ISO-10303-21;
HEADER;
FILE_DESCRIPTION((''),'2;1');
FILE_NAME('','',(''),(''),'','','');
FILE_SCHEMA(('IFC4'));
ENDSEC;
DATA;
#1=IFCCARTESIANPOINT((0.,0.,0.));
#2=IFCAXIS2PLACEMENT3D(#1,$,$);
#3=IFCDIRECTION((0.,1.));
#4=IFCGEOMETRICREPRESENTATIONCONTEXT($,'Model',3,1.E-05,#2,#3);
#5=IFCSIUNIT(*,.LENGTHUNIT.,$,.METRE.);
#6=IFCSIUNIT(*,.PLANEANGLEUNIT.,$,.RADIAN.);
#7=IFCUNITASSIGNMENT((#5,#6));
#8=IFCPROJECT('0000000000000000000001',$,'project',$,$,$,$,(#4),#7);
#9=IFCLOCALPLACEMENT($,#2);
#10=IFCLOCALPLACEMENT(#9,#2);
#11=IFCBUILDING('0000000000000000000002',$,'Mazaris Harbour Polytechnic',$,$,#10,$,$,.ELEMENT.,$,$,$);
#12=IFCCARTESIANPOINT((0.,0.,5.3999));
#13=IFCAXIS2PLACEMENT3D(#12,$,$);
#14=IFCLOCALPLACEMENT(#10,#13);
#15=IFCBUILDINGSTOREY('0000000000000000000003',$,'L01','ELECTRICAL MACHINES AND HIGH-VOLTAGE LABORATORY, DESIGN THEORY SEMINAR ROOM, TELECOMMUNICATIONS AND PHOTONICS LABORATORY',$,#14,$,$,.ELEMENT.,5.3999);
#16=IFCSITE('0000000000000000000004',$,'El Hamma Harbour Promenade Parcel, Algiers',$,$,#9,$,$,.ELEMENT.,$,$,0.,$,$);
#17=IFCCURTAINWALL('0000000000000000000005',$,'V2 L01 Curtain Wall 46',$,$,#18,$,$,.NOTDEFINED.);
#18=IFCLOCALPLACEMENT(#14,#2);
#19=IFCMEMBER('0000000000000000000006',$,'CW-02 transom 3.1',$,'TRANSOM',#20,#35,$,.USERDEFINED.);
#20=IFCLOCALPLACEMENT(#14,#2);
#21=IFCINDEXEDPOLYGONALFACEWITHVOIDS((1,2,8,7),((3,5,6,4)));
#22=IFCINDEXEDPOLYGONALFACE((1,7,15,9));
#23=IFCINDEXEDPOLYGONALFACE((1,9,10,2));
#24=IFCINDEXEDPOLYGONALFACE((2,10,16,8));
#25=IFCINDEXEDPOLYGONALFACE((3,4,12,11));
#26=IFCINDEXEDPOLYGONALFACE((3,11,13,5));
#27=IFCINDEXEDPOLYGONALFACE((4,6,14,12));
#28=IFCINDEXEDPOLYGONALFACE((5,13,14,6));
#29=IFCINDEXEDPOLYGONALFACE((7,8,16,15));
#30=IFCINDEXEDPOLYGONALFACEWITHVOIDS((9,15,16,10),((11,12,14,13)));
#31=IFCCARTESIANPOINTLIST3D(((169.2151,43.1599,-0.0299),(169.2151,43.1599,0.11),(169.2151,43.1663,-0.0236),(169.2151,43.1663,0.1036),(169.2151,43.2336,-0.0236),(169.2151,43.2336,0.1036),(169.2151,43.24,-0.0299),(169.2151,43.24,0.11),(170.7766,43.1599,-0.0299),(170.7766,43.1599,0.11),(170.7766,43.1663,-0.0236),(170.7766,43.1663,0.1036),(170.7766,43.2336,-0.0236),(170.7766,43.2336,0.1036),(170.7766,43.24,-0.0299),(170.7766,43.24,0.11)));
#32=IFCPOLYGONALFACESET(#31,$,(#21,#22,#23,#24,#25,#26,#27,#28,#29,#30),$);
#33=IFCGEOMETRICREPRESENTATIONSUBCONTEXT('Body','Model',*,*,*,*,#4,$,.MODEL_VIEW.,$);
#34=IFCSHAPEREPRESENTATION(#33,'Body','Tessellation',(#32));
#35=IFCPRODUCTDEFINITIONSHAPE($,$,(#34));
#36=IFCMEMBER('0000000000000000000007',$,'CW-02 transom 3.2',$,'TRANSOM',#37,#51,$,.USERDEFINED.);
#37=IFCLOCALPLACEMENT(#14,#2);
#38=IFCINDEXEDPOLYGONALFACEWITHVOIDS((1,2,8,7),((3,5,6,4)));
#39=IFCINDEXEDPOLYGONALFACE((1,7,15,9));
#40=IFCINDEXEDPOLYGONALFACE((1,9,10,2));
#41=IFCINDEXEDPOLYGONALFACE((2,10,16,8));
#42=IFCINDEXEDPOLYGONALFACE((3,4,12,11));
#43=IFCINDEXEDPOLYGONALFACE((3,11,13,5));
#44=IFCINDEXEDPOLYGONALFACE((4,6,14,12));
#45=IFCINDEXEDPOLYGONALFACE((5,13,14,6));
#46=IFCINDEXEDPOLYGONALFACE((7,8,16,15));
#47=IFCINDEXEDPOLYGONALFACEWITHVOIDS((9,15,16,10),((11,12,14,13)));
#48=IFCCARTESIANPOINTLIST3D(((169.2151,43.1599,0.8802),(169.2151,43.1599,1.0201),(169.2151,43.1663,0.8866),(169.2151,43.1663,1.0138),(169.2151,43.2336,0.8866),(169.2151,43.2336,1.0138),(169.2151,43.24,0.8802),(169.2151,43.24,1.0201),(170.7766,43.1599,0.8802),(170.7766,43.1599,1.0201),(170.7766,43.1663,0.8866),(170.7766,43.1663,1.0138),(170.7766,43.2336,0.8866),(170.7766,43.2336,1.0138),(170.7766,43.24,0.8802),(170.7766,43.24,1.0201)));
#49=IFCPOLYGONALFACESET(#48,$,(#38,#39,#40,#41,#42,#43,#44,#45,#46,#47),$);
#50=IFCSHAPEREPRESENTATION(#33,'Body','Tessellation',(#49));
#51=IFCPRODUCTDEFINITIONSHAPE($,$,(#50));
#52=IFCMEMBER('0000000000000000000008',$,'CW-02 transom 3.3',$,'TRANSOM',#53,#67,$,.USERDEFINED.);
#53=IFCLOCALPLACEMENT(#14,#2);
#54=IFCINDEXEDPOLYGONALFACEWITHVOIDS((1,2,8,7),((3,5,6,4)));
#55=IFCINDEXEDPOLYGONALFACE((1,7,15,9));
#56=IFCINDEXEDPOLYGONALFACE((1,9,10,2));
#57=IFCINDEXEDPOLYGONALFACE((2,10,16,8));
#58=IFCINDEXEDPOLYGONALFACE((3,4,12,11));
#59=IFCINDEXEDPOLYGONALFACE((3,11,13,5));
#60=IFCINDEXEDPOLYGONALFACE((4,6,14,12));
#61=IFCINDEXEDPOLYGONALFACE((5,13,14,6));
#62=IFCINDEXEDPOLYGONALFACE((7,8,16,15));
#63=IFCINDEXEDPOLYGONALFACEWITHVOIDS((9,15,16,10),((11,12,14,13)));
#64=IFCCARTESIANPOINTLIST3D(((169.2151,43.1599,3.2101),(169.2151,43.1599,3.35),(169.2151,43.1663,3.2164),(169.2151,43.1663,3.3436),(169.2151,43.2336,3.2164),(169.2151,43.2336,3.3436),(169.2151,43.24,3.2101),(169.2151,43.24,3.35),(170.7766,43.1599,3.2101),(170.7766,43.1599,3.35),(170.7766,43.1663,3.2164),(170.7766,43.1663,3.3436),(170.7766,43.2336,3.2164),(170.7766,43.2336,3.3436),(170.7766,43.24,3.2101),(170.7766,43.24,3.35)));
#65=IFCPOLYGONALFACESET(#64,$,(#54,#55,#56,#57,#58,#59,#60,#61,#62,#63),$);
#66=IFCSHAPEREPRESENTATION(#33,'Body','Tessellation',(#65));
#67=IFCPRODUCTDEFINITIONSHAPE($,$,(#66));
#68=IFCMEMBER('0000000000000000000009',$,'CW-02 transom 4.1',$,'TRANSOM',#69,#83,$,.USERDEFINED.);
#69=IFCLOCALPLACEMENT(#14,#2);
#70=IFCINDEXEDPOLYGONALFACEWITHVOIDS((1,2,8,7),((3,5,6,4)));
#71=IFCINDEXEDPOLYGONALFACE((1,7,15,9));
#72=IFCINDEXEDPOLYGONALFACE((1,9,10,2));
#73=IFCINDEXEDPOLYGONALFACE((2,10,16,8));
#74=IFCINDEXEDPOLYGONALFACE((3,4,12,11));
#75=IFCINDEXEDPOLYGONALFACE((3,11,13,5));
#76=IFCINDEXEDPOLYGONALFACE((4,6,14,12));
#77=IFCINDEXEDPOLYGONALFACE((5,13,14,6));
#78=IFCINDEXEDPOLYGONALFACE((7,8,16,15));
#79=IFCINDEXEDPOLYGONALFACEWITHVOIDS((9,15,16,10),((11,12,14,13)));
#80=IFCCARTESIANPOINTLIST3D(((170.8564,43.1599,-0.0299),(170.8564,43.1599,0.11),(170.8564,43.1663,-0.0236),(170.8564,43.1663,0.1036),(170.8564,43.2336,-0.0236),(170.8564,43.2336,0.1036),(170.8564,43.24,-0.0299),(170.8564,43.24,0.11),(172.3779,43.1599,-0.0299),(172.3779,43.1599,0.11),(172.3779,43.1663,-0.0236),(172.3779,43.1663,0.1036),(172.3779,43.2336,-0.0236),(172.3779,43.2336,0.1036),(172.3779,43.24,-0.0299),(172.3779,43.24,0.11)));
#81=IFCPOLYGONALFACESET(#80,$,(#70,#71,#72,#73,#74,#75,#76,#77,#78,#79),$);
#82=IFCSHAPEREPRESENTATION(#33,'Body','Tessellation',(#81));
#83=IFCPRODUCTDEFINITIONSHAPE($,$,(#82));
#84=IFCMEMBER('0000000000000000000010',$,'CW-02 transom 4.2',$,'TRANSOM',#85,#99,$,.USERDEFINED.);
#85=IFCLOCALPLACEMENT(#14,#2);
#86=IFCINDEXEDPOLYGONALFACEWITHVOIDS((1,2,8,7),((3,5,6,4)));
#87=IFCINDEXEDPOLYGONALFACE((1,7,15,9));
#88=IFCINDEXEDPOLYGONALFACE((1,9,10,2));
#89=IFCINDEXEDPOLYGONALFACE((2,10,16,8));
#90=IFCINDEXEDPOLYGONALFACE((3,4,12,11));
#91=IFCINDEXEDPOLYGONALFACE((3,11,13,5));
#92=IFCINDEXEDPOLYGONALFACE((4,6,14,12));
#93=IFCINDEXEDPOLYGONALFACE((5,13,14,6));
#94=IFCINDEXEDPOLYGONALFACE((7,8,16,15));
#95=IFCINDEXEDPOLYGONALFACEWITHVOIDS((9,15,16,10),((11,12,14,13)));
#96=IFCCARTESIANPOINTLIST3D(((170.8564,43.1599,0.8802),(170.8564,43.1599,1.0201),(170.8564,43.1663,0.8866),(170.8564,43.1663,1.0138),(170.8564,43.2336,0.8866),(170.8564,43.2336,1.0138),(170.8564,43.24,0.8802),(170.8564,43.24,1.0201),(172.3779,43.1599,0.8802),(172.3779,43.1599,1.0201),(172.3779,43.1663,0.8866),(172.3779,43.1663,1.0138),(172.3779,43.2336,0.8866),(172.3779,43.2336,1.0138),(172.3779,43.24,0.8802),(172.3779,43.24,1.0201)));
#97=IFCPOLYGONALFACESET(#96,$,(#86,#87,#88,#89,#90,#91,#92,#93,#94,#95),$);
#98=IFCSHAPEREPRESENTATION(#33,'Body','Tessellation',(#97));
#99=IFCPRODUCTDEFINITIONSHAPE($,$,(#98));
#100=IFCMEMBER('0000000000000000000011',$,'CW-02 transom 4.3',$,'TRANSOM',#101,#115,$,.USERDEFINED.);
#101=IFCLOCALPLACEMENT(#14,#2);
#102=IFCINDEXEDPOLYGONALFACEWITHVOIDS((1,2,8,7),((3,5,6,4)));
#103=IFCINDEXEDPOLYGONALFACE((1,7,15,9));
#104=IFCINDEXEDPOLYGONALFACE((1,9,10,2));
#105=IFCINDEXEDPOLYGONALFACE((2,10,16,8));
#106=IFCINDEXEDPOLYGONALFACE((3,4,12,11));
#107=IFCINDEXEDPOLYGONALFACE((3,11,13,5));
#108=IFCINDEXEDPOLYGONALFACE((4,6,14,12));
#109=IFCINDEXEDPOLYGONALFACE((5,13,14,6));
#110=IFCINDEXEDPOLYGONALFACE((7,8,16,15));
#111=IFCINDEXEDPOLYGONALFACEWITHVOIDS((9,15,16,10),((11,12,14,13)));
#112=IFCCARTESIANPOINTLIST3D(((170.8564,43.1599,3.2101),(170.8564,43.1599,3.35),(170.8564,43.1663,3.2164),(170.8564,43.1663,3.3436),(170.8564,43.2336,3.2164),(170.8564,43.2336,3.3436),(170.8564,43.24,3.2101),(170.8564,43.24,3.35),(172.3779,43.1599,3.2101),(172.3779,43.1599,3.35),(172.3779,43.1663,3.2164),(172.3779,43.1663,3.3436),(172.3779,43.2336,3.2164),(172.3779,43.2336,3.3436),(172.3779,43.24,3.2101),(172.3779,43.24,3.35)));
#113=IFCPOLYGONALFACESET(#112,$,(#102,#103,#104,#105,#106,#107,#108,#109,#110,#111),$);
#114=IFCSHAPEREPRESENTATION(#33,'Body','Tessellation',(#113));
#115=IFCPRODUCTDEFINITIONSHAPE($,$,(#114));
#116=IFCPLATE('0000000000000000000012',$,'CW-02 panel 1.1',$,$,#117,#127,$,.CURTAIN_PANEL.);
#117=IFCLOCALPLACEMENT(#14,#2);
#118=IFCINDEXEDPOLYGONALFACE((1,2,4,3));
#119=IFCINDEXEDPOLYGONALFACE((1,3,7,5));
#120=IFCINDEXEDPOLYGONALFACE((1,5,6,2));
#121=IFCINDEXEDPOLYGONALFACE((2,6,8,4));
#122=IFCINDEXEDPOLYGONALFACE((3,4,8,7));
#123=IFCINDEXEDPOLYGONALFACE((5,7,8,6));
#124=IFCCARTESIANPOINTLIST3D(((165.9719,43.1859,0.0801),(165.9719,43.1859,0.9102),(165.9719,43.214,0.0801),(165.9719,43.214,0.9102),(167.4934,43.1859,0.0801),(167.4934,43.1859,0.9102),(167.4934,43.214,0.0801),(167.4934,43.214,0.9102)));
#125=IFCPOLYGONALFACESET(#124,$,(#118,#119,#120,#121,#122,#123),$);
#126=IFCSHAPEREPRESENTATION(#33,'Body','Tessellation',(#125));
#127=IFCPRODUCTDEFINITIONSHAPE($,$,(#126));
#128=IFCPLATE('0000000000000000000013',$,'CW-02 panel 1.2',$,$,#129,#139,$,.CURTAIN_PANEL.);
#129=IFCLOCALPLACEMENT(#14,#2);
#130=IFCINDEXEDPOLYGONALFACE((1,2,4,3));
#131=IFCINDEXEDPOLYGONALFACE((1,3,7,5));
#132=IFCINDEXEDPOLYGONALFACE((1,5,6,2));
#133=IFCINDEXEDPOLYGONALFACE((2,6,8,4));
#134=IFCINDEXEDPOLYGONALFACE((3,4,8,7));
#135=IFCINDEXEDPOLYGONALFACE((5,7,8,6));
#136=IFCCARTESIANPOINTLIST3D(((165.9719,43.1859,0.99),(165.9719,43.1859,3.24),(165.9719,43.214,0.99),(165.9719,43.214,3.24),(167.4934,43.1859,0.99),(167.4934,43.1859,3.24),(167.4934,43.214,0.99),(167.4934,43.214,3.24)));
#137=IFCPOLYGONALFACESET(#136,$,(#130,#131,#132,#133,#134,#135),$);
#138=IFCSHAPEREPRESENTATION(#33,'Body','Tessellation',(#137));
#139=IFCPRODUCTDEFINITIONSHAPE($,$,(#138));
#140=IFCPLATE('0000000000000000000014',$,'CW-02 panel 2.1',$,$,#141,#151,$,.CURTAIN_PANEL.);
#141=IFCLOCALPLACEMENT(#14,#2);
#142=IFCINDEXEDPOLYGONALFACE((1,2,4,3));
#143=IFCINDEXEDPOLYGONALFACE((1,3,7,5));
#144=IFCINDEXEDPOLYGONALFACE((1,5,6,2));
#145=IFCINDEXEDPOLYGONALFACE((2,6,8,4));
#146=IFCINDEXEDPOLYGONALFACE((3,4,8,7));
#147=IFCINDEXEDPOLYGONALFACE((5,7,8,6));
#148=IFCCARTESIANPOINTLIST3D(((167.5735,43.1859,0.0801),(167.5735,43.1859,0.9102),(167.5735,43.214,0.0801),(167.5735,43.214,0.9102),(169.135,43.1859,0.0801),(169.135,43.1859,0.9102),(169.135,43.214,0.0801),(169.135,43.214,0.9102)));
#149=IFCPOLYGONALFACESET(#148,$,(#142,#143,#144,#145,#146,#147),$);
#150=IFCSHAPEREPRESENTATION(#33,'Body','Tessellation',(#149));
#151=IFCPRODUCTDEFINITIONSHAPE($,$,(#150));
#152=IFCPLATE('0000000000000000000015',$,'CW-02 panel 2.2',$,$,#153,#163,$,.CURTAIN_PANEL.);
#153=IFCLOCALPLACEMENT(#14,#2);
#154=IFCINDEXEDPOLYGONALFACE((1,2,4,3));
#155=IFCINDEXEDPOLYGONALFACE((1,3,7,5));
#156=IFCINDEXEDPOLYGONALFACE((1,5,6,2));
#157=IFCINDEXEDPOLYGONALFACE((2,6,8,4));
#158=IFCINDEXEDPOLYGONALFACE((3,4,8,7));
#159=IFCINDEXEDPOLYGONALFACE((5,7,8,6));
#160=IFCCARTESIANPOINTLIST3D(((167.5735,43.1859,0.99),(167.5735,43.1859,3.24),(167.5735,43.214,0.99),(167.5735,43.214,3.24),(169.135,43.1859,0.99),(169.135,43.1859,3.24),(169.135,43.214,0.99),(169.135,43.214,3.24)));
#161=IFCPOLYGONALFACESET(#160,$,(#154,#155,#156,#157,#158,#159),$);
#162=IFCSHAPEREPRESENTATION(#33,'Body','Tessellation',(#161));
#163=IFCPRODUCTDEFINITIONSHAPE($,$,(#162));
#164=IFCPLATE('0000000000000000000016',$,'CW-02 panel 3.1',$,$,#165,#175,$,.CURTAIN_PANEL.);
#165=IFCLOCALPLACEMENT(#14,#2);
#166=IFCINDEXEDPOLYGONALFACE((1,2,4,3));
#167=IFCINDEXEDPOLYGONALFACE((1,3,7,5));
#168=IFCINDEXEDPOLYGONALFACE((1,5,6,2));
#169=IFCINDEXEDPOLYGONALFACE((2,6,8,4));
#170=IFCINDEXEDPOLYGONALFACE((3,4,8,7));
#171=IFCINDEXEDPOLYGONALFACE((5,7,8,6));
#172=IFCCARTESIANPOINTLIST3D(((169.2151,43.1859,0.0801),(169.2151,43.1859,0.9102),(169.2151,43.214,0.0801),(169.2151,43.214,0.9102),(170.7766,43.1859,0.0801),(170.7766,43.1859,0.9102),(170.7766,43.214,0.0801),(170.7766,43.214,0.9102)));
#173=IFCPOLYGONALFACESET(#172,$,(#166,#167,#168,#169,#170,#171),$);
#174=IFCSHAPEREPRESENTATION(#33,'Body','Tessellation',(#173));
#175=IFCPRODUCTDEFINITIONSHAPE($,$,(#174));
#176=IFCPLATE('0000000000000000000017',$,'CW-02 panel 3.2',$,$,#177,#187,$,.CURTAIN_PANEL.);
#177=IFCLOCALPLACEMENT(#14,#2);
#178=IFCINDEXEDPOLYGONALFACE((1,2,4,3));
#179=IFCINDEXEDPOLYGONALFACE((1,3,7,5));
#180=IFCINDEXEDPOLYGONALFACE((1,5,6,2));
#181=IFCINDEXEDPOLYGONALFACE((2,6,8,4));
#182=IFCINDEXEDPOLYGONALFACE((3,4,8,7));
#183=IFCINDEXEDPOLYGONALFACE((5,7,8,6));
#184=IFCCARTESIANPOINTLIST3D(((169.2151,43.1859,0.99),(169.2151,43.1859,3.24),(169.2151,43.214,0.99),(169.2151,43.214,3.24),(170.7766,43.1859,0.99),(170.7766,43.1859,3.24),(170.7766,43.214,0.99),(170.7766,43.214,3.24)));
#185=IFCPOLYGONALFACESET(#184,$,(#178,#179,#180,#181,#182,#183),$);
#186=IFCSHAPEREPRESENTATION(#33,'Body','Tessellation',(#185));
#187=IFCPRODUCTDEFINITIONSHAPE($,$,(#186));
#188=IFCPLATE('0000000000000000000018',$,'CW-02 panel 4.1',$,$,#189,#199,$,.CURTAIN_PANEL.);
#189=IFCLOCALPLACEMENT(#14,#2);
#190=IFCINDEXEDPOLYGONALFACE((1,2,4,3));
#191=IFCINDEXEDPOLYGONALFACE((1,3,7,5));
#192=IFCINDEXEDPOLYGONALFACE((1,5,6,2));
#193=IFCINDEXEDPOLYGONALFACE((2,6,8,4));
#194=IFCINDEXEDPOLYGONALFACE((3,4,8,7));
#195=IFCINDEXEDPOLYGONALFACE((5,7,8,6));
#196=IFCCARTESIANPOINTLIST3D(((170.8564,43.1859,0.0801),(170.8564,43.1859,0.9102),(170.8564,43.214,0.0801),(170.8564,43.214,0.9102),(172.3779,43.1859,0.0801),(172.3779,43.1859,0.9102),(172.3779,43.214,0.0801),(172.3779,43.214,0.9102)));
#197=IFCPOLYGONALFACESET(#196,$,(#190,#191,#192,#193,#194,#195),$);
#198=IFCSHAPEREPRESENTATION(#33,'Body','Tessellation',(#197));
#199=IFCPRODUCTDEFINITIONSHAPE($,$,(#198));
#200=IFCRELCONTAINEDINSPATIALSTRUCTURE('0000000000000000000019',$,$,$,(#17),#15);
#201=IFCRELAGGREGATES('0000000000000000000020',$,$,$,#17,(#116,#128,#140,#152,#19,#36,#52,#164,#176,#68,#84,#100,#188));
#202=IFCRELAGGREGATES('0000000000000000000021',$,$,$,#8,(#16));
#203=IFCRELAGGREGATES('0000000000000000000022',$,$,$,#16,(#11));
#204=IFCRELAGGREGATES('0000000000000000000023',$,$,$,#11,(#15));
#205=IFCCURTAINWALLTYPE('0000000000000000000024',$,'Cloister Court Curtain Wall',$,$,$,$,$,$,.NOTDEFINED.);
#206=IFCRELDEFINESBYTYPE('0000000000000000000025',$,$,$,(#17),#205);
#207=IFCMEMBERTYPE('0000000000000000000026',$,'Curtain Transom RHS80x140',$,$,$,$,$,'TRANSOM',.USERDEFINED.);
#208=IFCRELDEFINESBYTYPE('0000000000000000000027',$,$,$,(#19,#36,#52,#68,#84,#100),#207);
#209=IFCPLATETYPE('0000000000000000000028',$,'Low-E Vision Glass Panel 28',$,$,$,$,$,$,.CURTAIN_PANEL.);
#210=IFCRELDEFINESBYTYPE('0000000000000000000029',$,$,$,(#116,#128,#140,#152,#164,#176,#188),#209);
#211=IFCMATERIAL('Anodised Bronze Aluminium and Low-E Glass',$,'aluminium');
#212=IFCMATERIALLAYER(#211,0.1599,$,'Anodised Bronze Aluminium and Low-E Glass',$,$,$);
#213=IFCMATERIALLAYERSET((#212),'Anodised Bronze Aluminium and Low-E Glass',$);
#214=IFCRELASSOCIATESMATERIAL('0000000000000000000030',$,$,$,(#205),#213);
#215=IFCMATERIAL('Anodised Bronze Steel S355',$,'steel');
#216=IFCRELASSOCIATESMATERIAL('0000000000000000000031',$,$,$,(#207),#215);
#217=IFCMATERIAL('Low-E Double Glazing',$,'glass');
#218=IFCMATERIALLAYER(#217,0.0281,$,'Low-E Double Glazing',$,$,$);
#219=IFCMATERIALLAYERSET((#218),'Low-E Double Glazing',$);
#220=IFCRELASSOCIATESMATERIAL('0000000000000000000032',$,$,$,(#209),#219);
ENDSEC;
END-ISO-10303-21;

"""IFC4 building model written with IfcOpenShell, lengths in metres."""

from ifc_helpers import new_model, si_unit, direction, frame, origin, origin_2d, place, context, subcontext, project, spatial, rectangle, hollow_rectangle, extrude, material, layer, layer_set, material_profile, profile_set, type_object, element, aggregate, save


model = new_model("IFC4")

# Units and contexts
model_context = context("Model", 3, precision=1e-05, world=origin(), true_north=direction((0.0, 1.0)))
body_context = subcontext(model_context, "Body", "Model", "MODEL_VIEW")
ifc_project = project(units=[si_unit("LENGTHUNIT", "METRE"), si_unit("PLANEANGLEUNIT", "RADIAN")], contexts=[model_context])

# Site, building, storey
site_placement = place(None, origin())
site = spatial("IfcSite", under=ifc_project, at=site_placement, Name="El Hamma Harbour Promenade Parcel, Algiers", CompositionType="ELEMENT", RefElevation=0.0)
building_placement = place(site_placement, origin())
building = spatial("IfcBuilding", under=site, at=building_placement, Name="Mazaris Harbour Polytechnic", CompositionType="ELEMENT")
storey_placement = place(building_placement, frame((0.0, 0.0, 5.3999)))
storey = spatial("IfcBuildingStorey", under=building, at=storey_placement, Name="L01", Description="ELECTRICAL MACHINES AND HIGH-VOLTAGE LABORATORY, DESIGN THEORY SEMINAR ROOM, TELECOMMUNICATIONS AND PHOTONICS LABORATORY", CompositionType="ELEMENT", Elevation=5.3999)

# Curtain wall, members, plates
ifc_material_1 = material(Name="Anodised Bronze Aluminium and Low-E Glass", Category="aluminium")
ifc_layer_1 = layer(ifc_material_1, 0.1599, Name="Anodised Bronze Aluminium and Low-E Glass")
ifc_layer_set_1 = layer_set([ifc_layer_1], Name="Anodised Bronze Aluminium and Low-E Glass")
curtain_wall_type = type_object("IfcCurtainWallType", Name="Cloister Court Curtain Wall", PredefinedType="NOTDEFINED", material=ifc_layer_set_1)
curtain_wall_placement = place(storey_placement, origin())
curtain_wall = element("IfcCurtainWall", 1, at=curtain_wall_placement, inside=storey, type_object=curtain_wall_type, Name="V2 L01 Curtain Wall 46", PredefinedType="NOTDEFINED")
ifc_material_2 = material(Name="Anodised Bronze Steel S355", Category="steel")
ifc_material_profile_1 = material_profile(ifc_material_2, hollow_rectangle(XDim=0.0801, YDim=0.1399, WallThickness=0.0063, at=origin_2d()), Name="RHS 80x140x6.3")
ifc_profile_set_1 = profile_set([ifc_material_profile_1], Name="Anodised Bronze Steel S355")
member_type_1 = type_object("IfcMemberType", Name="Curtain Transom RHS80x140", ElementType="TRANSOM", PredefinedType="USERDEFINED", material=ifc_profile_set_1)
member_1_placement = place(storey_placement, frame((169.2151, 43.2, 0.04), z_axis=(1.0, 0.0, 0.0), x_axis=(0.0, 1.0, 0.0)))
member_1 = element("IfcMember", 2, at=member_1_placement, type_object=member_type_1, Name="CW-02 transom 3.1", ObjectType="TRANSOM", PredefinedType="USERDEFINED", context=body_context, shape_type="SweptSolid", body=[
    extrude(hollow_rectangle(XDim=0.0801, YDim=0.1399, WallThickness=0.0063, at=origin_2d()), origin(), (0.0, 0.0, 1.0), 1.5615),
])
member_2_placement = place(storey_placement, frame((169.2151, 43.2, 0.9502), z_axis=(1.0, 0.0, 0.0), x_axis=(0.0, 1.0, 0.0)))
member_2 = element("IfcMember", 3, at=member_2_placement, type_object=member_type_1, Name="CW-02 transom 3.2", ObjectType="TRANSOM", PredefinedType="USERDEFINED", context=body_context, shape_type="SweptSolid", body=[
    extrude(hollow_rectangle(XDim=0.0801, YDim=0.1399, WallThickness=0.0063, at=origin_2d()), origin(), (0.0, 0.0, 1.0), 1.5615),
])
member_3_placement = place(storey_placement, frame((169.2151, 43.2, 3.28), z_axis=(1.0, 0.0, 0.0), x_axis=(0.0, 1.0, 0.0)))
member_3 = element("IfcMember", 4, at=member_3_placement, type_object=member_type_1, Name="CW-02 transom 3.3", ObjectType="TRANSOM", PredefinedType="USERDEFINED", context=body_context, shape_type="SweptSolid", body=[
    extrude(hollow_rectangle(XDim=0.0801, YDim=0.1399, WallThickness=0.0063, at=origin_2d()), origin(), (0.0, 0.0, 1.0), 1.5615),
])
member_4_placement = place(storey_placement, frame((170.8564, 43.2, 0.04), z_axis=(1.0, 0.0, 0.0), x_axis=(0.0, 1.0, 0.0)))
member_4 = element("IfcMember", 5, at=member_4_placement, type_object=member_type_1, Name="CW-02 transom 4.1", ObjectType="TRANSOM", PredefinedType="USERDEFINED", context=body_context, shape_type="SweptSolid", body=[
    extrude(hollow_rectangle(XDim=0.0801, YDim=0.1399, WallThickness=0.0063, at=origin_2d()), origin(), (0.0, 0.0, 1.0), 1.5215),
])
member_5_placement = place(storey_placement, frame((170.8564, 43.2, 0.9502), z_axis=(1.0, 0.0, 0.0), x_axis=(0.0, 1.0, 0.0)))
member_5 = element("IfcMember", 6, at=member_5_placement, type_object=member_type_1, Name="CW-02 transom 4.2", ObjectType="TRANSOM", PredefinedType="USERDEFINED", context=body_context, shape_type="SweptSolid", body=[
    extrude(hollow_rectangle(XDim=0.0801, YDim=0.1399, WallThickness=0.0063, at=origin_2d()), origin(), (0.0, 0.0, 1.0), 1.5215),
])
member_6_placement = place(storey_placement, frame((170.8564, 43.2, 3.28), z_axis=(1.0, 0.0, 0.0), x_axis=(0.0, 1.0, 0.0)))
member_6 = element("IfcMember", 7, at=member_6_placement, type_object=member_type_1, Name="CW-02 transom 4.3", ObjectType="TRANSOM", PredefinedType="USERDEFINED", context=body_context, shape_type="SweptSolid", body=[
    extrude(hollow_rectangle(XDim=0.0801, YDim=0.1399, WallThickness=0.0063, at=origin_2d()), origin(), (0.0, 0.0, 1.0), 1.5215),
])
ifc_material_3 = material(Name="Low-E Double Glazing", Category="glass")
ifc_layer_2 = layer(ifc_material_3, 0.0281, Name="Low-E Double Glazing")
ifc_layer_set_2 = layer_set([ifc_layer_2], Name="Low-E Double Glazing")
plate_type = type_object("IfcPlateType", Name="Low-E Vision Glass Panel 28", PredefinedType="CURTAIN_PANEL", material=ifc_layer_set_2)
plate_1_placement = place(storey_placement, frame((166.7327, 43.2, 0.0801), z_axis=(0.0, 0.0, 1.0), x_axis=(1.0, 0.0, 0.0)))
plate_1 = element("IfcPlate", 8, at=plate_1_placement, type_object=plate_type, Name="CW-02 panel 1.1", PredefinedType="CURTAIN_PANEL", context=body_context, shape_type="SweptSolid", body=[
    extrude(rectangle(XDim=1.5215, YDim=0.0281, at=origin_2d()), origin(), (0.0, 0.0, 1.0), 0.8301),
])
plate_2_placement = place(storey_placement, frame((166.7327, 43.2, 0.99), z_axis=(0.0, 0.0, 1.0), x_axis=(1.0, 0.0, 0.0)))
plate_2 = element("IfcPlate", 9, at=plate_2_placement, type_object=plate_type, Name="CW-02 panel 1.2", PredefinedType="CURTAIN_PANEL", context=body_context, shape_type="SweptSolid", body=[
    extrude(rectangle(XDim=1.5215, YDim=0.0281, at=origin_2d()), origin(), (0.0, 0.0, 1.0), 2.25),
])
plate_3_placement = place(storey_placement, frame((168.3542, 43.2, 0.0801), z_axis=(0.0, 0.0, 1.0), x_axis=(1.0, 0.0, 0.0)))
plate_3 = element("IfcPlate", 10, at=plate_3_placement, type_object=plate_type, Name="CW-02 panel 2.1", PredefinedType="CURTAIN_PANEL", context=body_context, shape_type="SweptSolid", body=[
    extrude(rectangle(XDim=1.5615, YDim=0.0281, at=origin_2d()), origin(), (0.0, 0.0, 1.0), 0.8301),
])
plate_4_placement = place(storey_placement, frame((168.3542, 43.2, 0.99), z_axis=(0.0, 0.0, 1.0), x_axis=(1.0, 0.0, 0.0)))
plate_4 = element("IfcPlate", 11, at=plate_4_placement, type_object=plate_type, Name="CW-02 panel 2.2", PredefinedType="CURTAIN_PANEL", context=body_context, shape_type="SweptSolid", body=[
    extrude(rectangle(XDim=1.5615, YDim=0.0281, at=origin_2d()), origin(), (0.0, 0.0, 1.0), 2.25),
])
plate_5_placement = place(storey_placement, frame((169.9958, 43.2, 0.0801), z_axis=(0.0, 0.0, 1.0), x_axis=(1.0, 0.0, 0.0)))
plate_5 = element("IfcPlate", 12, at=plate_5_placement, type_object=plate_type, Name="CW-02 panel 3.1", PredefinedType="CURTAIN_PANEL", context=body_context, shape_type="SweptSolid", body=[
    extrude(rectangle(XDim=1.5615, YDim=0.0281, at=origin_2d()), origin(), (0.0, 0.0, 1.0), 0.8301),
])
plate_6_placement = place(storey_placement, frame((169.9958, 43.2, 0.99), z_axis=(0.0, 0.0, 1.0), x_axis=(1.0, 0.0, 0.0)))
plate_6 = element("IfcPlate", 13, at=plate_6_placement, type_object=plate_type, Name="CW-02 panel 3.2", PredefinedType="CURTAIN_PANEL", context=body_context, shape_type="SweptSolid", body=[
    extrude(rectangle(XDim=1.5615, YDim=0.0281, at=origin_2d()), origin(), (0.0, 0.0, 1.0), 2.25),
])
plate_7_placement = place(storey_placement, frame((171.6172, 43.2, 0.0801), z_axis=(0.0, 0.0, 1.0), x_axis=(1.0, 0.0, 0.0)))
plate_7 = element("IfcPlate", 14, at=plate_7_placement, type_object=plate_type, Name="CW-02 panel 4.1", PredefinedType="CURTAIN_PANEL", context=body_context, shape_type="SweptSolid", body=[
    extrude(rectangle(XDim=1.5215, YDim=0.0281, at=origin_2d()), origin(), (0.0, 0.0, 1.0), 0.8301),
])
aggregate(curtain_wall, [plate_1, plate_2, plate_3, plate_4, member_1, member_2, member_3, plate_5, plate_6, member_4, member_5, member_6, plate_7])

save(model, "model.ifc")
